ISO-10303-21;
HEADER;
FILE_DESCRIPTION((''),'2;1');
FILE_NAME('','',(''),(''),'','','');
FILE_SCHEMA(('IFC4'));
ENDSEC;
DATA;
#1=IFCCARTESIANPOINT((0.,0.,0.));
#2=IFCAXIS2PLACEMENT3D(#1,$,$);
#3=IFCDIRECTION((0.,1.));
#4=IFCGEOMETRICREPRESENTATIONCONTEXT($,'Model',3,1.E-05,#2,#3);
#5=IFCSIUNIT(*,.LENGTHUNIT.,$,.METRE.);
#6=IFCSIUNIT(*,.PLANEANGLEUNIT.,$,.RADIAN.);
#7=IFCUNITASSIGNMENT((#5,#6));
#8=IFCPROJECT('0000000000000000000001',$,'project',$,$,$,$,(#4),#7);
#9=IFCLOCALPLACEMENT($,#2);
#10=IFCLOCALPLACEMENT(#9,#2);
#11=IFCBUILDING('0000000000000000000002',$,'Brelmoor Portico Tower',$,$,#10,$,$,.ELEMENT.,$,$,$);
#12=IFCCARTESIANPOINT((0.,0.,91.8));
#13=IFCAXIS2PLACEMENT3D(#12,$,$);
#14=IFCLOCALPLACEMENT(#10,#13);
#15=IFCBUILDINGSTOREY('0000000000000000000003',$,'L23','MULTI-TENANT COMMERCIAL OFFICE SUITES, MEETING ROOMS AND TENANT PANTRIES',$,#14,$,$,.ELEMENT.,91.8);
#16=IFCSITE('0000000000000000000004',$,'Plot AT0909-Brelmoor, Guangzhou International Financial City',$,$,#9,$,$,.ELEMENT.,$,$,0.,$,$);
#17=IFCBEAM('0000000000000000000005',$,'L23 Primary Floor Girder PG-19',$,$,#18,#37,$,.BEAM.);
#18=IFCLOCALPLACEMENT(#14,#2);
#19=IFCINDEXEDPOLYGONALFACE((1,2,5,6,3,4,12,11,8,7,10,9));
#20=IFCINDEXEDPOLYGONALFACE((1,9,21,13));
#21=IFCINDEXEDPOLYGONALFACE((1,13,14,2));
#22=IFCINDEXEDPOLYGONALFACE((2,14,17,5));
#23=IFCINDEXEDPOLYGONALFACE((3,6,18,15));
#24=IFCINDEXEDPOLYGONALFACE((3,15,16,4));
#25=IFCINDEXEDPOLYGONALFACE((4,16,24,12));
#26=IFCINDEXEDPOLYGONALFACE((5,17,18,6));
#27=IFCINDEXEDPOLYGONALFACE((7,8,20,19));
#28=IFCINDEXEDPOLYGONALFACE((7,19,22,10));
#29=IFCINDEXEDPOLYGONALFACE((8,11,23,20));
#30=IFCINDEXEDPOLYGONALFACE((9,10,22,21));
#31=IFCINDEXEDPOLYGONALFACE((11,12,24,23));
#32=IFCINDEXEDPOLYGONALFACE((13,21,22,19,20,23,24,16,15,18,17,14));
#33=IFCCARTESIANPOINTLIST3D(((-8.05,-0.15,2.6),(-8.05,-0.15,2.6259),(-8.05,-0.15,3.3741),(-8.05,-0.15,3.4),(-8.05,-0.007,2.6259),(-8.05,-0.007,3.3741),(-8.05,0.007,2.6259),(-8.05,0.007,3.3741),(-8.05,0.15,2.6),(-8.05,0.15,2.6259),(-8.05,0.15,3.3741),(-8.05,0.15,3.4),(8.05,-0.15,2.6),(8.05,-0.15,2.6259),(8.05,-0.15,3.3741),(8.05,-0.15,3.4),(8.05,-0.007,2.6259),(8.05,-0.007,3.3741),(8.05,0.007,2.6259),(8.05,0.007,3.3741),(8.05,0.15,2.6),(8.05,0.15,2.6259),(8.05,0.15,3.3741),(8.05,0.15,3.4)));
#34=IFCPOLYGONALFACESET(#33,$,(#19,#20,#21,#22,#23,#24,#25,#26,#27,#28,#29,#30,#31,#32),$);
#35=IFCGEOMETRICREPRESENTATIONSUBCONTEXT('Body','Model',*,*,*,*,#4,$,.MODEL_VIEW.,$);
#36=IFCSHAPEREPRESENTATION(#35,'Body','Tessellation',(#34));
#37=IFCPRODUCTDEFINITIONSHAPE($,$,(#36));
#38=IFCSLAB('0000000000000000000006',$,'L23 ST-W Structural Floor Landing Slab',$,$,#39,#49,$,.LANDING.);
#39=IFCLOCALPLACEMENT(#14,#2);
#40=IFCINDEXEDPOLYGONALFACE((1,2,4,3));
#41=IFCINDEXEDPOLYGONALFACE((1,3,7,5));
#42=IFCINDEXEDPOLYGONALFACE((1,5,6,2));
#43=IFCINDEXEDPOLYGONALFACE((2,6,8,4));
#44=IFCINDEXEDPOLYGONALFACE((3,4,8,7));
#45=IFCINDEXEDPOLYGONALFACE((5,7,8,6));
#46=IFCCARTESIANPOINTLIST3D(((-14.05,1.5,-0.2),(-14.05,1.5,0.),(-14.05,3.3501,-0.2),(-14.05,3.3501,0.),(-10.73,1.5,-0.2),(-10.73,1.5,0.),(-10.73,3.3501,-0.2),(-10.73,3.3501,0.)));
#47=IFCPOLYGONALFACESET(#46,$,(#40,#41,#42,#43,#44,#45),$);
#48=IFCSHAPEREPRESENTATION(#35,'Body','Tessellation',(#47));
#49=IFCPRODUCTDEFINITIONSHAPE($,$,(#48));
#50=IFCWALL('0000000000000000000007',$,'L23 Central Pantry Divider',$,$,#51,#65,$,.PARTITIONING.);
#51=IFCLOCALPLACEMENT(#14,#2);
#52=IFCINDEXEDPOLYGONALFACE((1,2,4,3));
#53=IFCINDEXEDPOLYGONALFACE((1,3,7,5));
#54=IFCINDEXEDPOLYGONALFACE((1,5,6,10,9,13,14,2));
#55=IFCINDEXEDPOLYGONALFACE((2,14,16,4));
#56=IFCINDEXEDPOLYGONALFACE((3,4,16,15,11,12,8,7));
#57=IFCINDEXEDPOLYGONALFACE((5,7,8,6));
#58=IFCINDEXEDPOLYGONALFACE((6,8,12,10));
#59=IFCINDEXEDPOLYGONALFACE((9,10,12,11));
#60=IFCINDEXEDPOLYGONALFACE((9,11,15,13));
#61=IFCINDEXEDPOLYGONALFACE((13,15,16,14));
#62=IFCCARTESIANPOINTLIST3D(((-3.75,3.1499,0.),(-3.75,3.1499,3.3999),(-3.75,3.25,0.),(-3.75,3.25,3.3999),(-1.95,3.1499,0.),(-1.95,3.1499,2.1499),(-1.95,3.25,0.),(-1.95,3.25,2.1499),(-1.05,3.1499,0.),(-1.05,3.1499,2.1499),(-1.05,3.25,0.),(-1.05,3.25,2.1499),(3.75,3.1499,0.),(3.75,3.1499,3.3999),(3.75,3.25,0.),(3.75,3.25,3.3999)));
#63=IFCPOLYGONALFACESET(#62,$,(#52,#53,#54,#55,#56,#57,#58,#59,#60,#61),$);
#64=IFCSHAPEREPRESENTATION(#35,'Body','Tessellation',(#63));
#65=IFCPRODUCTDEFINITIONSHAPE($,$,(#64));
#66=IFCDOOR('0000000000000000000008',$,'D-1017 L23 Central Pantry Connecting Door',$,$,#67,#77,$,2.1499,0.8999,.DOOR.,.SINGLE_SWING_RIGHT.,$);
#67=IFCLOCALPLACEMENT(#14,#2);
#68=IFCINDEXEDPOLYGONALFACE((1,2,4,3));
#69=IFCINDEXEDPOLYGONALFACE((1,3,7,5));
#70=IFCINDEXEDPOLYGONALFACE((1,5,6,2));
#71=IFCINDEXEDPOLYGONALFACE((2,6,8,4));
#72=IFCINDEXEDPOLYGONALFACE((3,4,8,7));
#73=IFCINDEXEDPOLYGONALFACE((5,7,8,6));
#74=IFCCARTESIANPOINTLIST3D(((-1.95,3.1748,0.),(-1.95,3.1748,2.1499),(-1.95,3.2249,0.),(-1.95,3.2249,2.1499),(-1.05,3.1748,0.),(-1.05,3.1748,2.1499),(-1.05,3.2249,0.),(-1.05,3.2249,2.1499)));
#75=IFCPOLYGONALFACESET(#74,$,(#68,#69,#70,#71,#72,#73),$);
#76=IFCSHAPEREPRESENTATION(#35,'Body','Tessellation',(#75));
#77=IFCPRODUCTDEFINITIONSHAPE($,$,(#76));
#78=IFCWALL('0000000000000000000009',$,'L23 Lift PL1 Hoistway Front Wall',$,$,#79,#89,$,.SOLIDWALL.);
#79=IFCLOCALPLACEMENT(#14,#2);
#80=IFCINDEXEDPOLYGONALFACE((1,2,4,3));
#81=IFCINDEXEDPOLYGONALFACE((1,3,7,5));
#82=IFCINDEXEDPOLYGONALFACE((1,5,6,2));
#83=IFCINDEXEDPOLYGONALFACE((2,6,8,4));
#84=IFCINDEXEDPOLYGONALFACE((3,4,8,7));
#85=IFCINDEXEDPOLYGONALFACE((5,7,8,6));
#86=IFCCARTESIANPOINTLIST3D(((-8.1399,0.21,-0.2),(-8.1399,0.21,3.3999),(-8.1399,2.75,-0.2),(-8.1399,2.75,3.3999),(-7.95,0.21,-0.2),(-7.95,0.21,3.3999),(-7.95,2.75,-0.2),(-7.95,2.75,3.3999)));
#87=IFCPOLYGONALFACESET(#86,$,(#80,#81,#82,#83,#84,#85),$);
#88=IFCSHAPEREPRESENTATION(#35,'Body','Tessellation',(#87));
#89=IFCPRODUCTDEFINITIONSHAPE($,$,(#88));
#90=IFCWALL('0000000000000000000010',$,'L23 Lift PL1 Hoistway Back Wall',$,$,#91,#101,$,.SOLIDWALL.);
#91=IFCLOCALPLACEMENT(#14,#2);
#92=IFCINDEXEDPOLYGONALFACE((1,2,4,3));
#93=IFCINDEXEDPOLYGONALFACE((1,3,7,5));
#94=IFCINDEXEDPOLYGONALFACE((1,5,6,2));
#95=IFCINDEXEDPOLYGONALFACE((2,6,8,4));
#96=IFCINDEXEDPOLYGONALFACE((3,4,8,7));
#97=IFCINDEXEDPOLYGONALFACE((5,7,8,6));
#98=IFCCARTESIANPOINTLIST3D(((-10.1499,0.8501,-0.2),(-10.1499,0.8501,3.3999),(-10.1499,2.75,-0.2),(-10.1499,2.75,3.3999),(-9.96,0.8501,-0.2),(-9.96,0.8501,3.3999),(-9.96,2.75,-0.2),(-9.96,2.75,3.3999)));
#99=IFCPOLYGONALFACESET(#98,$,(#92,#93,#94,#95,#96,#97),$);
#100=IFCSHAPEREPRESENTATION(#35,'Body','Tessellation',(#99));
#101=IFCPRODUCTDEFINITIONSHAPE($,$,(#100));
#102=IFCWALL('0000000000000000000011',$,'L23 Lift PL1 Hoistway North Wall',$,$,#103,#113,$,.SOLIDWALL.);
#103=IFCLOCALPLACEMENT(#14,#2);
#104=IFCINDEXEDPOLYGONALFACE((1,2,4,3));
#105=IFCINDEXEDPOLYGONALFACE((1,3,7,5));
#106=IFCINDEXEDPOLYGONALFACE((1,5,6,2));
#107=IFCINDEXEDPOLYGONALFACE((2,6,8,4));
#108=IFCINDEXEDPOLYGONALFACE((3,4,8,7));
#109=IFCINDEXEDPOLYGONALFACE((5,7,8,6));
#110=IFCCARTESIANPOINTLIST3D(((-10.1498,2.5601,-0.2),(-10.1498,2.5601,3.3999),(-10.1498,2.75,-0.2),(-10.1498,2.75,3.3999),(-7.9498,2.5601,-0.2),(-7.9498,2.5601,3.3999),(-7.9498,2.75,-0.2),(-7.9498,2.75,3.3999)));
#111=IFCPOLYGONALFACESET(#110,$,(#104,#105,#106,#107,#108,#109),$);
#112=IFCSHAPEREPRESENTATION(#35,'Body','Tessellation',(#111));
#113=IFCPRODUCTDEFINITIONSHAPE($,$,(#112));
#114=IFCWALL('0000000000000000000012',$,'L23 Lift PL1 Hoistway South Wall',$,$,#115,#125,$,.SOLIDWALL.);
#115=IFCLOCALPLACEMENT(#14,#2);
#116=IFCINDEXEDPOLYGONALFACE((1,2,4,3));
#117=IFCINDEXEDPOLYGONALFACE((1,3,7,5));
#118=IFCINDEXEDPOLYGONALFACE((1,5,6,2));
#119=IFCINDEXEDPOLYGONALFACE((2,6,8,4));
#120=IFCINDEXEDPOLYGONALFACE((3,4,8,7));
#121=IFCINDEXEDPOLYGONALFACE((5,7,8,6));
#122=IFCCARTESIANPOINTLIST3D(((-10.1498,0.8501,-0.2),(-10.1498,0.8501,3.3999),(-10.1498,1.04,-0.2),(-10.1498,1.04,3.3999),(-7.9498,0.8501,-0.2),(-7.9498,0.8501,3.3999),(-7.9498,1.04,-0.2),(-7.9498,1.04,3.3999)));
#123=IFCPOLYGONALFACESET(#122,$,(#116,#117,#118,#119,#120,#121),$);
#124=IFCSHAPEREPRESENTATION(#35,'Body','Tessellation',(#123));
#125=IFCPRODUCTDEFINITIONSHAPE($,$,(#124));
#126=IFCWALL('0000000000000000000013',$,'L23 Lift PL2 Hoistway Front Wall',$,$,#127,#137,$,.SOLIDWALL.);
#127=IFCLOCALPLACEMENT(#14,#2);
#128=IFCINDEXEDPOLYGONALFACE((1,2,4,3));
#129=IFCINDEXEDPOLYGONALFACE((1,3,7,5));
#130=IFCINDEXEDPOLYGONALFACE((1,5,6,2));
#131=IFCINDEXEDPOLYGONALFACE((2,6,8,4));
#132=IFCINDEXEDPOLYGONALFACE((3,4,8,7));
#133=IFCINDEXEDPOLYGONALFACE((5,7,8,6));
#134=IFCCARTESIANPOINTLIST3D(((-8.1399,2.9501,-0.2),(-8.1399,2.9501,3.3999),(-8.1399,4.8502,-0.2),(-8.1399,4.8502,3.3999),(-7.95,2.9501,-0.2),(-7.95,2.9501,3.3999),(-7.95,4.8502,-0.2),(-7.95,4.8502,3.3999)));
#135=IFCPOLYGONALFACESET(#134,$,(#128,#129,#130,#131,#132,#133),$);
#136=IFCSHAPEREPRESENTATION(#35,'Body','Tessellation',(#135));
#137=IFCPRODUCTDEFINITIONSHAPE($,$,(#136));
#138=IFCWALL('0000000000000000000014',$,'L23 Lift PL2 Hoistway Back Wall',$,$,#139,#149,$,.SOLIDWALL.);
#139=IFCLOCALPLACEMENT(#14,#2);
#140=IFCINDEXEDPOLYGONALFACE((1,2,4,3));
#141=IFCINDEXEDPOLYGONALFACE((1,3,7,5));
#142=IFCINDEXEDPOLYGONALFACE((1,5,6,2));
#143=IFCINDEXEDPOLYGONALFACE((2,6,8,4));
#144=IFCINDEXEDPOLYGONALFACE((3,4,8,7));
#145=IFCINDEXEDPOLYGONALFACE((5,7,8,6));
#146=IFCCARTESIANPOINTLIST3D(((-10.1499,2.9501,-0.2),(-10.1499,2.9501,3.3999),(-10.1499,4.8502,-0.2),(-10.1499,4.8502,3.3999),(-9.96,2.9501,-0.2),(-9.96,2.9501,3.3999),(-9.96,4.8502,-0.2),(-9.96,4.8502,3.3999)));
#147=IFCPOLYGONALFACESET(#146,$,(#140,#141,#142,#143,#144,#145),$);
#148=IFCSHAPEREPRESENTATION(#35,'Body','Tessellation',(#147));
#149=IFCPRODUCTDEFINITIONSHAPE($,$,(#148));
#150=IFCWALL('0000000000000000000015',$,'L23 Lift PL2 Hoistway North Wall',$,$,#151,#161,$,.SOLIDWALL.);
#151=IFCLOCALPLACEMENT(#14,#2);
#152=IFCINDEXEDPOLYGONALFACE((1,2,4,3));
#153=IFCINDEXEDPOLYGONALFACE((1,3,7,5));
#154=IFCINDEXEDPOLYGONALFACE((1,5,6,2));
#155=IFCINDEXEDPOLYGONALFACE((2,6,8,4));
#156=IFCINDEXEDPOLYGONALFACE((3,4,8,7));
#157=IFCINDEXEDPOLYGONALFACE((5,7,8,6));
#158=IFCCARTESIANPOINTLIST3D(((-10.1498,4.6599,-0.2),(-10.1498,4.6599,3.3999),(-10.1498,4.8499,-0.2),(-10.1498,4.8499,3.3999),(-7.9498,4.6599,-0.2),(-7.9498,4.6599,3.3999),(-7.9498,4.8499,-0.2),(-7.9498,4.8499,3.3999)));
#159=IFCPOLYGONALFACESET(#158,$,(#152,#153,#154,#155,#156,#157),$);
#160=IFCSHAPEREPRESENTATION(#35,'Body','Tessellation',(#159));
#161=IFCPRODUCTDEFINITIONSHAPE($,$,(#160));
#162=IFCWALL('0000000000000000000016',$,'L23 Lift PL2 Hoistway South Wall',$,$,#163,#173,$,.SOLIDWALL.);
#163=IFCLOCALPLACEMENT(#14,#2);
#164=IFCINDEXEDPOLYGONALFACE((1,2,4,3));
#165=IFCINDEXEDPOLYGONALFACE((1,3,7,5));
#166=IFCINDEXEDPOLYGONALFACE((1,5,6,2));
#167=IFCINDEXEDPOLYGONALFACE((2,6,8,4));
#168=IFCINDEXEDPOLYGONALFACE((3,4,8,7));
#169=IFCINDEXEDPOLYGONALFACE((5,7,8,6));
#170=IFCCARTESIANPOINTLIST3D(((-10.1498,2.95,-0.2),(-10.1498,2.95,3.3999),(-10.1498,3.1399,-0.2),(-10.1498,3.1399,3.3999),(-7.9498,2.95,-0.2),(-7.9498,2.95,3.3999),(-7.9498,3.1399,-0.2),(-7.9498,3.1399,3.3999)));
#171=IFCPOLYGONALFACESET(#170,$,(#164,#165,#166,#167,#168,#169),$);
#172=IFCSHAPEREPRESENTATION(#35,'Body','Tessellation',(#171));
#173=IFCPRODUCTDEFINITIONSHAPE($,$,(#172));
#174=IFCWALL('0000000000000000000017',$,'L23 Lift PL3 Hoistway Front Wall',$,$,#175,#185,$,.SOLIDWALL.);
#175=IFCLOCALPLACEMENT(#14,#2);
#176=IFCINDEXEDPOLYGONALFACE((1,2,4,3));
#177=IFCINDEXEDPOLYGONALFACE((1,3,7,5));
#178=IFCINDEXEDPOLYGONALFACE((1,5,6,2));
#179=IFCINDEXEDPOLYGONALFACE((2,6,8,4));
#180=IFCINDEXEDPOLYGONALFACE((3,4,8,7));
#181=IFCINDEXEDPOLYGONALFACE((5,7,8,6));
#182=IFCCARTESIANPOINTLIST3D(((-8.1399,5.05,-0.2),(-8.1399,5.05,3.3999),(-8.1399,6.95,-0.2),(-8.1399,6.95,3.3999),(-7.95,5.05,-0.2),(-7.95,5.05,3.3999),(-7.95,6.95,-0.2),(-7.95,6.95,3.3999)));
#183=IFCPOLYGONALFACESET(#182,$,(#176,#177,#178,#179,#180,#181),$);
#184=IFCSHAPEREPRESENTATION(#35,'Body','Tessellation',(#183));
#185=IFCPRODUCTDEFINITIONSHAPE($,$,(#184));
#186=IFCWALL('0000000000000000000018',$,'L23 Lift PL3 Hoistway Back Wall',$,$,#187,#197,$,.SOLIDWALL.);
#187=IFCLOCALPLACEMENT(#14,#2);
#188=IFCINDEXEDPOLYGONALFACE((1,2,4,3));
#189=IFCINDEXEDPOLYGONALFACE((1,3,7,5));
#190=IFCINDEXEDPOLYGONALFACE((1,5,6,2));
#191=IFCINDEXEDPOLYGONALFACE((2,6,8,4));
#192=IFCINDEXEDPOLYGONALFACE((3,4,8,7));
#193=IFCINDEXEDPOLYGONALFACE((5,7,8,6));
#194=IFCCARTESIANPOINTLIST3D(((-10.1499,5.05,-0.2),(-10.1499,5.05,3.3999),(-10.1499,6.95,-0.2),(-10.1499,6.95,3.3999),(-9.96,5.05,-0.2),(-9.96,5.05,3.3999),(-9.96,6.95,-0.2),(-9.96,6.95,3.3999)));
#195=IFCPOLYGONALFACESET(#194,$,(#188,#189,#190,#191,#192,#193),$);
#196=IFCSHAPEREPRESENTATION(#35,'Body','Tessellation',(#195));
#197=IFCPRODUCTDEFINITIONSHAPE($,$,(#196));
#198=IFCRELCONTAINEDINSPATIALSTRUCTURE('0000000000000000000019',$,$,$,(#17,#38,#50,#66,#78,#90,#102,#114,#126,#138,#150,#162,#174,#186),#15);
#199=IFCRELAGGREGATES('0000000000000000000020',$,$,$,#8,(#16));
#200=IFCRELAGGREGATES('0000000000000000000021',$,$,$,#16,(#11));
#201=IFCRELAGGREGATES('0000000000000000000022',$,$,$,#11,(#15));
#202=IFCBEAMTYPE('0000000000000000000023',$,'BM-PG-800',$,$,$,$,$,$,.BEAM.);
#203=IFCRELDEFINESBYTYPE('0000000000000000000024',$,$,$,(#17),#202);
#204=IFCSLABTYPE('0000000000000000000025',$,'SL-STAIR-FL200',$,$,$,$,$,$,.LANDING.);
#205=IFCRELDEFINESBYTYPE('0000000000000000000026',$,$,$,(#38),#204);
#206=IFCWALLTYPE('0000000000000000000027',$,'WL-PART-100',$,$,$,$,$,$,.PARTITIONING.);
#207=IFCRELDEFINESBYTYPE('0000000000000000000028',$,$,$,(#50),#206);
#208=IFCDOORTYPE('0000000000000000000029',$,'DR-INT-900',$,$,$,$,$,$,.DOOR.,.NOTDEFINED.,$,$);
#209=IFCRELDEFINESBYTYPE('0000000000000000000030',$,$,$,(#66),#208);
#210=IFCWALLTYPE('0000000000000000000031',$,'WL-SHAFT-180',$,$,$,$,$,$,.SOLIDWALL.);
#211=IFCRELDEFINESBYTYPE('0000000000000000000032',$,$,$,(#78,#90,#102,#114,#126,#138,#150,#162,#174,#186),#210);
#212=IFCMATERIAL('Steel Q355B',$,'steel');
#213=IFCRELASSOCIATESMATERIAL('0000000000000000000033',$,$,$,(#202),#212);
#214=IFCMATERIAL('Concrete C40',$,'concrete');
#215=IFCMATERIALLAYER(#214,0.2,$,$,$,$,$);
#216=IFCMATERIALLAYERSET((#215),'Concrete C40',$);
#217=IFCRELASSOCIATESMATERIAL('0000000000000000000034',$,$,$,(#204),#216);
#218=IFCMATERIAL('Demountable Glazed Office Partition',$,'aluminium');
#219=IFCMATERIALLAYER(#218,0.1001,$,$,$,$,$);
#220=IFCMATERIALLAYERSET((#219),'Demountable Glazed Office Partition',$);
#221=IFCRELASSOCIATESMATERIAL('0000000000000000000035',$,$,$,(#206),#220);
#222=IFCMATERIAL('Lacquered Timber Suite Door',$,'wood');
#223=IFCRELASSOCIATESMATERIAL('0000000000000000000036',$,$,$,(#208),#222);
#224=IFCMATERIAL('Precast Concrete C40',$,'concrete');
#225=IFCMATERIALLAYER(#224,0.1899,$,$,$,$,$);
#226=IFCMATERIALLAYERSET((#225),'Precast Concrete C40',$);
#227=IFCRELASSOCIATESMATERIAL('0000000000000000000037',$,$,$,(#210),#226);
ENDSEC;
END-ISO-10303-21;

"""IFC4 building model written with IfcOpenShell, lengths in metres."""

from ifc_helpers import new_model, si_unit, direction, frame, frame_2d, origin, origin_2d, place, context, subcontext, project, spatial, polyline, rectangle, i_section, outline, extrude, material, layer, layer_set, material_profile, profile_set, type_object, element, fill, save


model = new_model("IFC4")

# Units and contexts
model_context = context("Model", 3, precision=1e-05, world=origin(), true_north=direction((0.0, 1.0)))
body_context = subcontext(model_context, "Body", "Model", "MODEL_VIEW")
ifc_project = project(units=[si_unit("LENGTHUNIT", "METRE"), si_unit("PLANEANGLEUNIT", "RADIAN")], contexts=[model_context])

# Site, building, storey
site_placement = place(None, origin())
site = spatial("IfcSite", under=ifc_project, at=site_placement, Name="Plot AT0909-Brelmoor, Guangzhou International Financial City", CompositionType="ELEMENT", RefElevation=0.0)
building_placement = place(site_placement, origin())
building = spatial("IfcBuilding", under=site, at=building_placement, Name="Brelmoor Portico Tower", CompositionType="ELEMENT")
storey_placement = place(building_placement, frame((0.0, 0.0, 91.8)))
storey = spatial("IfcBuildingStorey", under=building, at=storey_placement, Name="L23", Description="MULTI-TENANT COMMERCIAL OFFICE SUITES, MEETING ROOMS AND TENANT PANTRIES", CompositionType="ELEMENT", Elevation=91.8)

# Beam
ifc_material_1 = material(Name="Steel Q355B", Category="steel")
ifc_material_profile = material_profile(ifc_material_1, i_section(OverallWidth=0.3, OverallDepth=0.8, WebThickness=0.0139, FlangeThickness=0.0259, at=origin_2d()), Name="HN 800x300x14x26")
ifc_profile_set = profile_set([ifc_material_profile], Name="Steel Q355B")
beam_type = type_object("IfcBeamType", Name="BM-PG-800", PredefinedType="BEAM", material=ifc_profile_set)
beam_placement = place(storey_placement, frame((-8.05, 0.0, 3.0), z_axis=(1.0, 0.0, 0.0), x_axis=(0.0, 1.0, 0.0)))
element("IfcBeam", 1, at=beam_placement, inside=storey, type_object=beam_type, Name="L23 Primary Floor Girder PG-19", PredefinedType="BEAM", context=body_context, shape_type="SweptSolid", body=[
    extrude(i_section(OverallWidth=0.3, OverallDepth=0.8, WebThickness=0.0139, FlangeThickness=0.0259, at=origin_2d()), origin(), (0.0, 0.0, 1.0), 16.1001),
])

# Slab
ifc_material_2 = material(Name="Concrete C40", Category="concrete")
ifc_layer_1 = layer(ifc_material_2, 0.2)
ifc_layer_set_1 = layer_set([ifc_layer_1], Name="Concrete C40")
slab_type = type_object("IfcSlabType", Name="SL-STAIR-FL200", PredefinedType="LANDING", material=ifc_layer_set_1)
slab_placement = place(storey_placement, frame((0.0, 0.0, -0.2)))
element("IfcSlab", 2, at=slab_placement, inside=storey, type_object=slab_type, Name="L23 ST-W Structural Floor Landing Slab", PredefinedType="LANDING", context=body_context, shape_type="SweptSolid", body=[
    extrude(outline(polyline([(-10.73, 1.5), (-10.73, 3.3501), (-14.05, 3.3501), (-14.05, 1.5), (-10.73, 1.5)])), origin(), (0.0, 0.0, 1.0), 0.2),
])

# Wall, opening, door
ifc_material_3 = material(Name="Demountable Glazed Office Partition", Category="aluminium")
ifc_layer_2 = layer(ifc_material_3, 0.1001)
ifc_layer_set_2 = layer_set([ifc_layer_2], Name="Demountable Glazed Office Partition")
wall_type_1 = type_object("IfcWallType", Name="WL-PART-100", PredefinedType="PARTITIONING", material=ifc_layer_set_2)
wall_1_placement = place(storey_placement, frame((-3.75, 3.2, 0.0), z_axis=(0.0, 0.0, 1.0), x_axis=(1.0, 0.0, 0.0)))
wall_1 = element("IfcWall", 3, at=wall_1_placement, inside=storey, type_object=wall_type_1, Name="L23 Central Pantry Divider", PredefinedType="PARTITIONING", context=body_context, shape_type="SweptSolid", body=[
    extrude(rectangle(XDim=7.5, YDim=0.1001, at=frame_2d((3.75, 0.0))), origin(), (0.0, 0.0, 1.0), 3.3999),
])
opening_placement = place(wall_1_placement, frame((1.8, 0.0, 0.0)))
opening = element("IfcOpeningElement", 4, at=opening_placement, cuts=wall_1, PredefinedType="OPENING", context=body_context, shape_type="SweptSolid", body=[
    extrude(rectangle(XDim=0.8999, YDim=2.1499, at=frame_2d((0.45, 1.075))), frame((0.0, 0.0601, 0.0), z_axis=(0.0, -1.0, 0.0), x_axis=(1.0, 0.0, 0.0)), (0.0, 0.0, 1.0), 0.1201),
])
ifc_material_4 = material(Name="Lacquered Timber Suite Door", Category="wood")
door_type = type_object("IfcDoorType", Name="DR-INT-900", OperationType="NOTDEFINED", PredefinedType="DOOR", material=ifc_material_4)
door_placement = place(opening_placement, origin())
door = element("IfcDoor", 5, at=door_placement, inside=storey, type_object=door_type, Name="D-1017 L23 Central Pantry Connecting Door", OperationType="SINGLE_SWING_RIGHT", OverallHeight=2.1499, OverallWidth=0.8999, PredefinedType="DOOR", context=body_context, shape_type="SweptSolid", body=[
    extrude(rectangle(XDim=0.8999, YDim=2.1499, at=frame_2d((0.45, 1.075))), frame((0.0, 0.0249, 0.0), z_axis=(0.0, -1.0, 0.0), x_axis=(1.0, 0.0, 0.0)), (0.0, 0.0, 1.0), 0.05),
])
fill(opening, door)

# Walls
ifc_material_5 = material(Name="Precast Concrete C40", Category="concrete")
ifc_layer_3 = layer(ifc_material_5, 0.1899)
ifc_layer_set_3 = layer_set([ifc_layer_3], Name="Precast Concrete C40")
wall_type_2 = type_object("IfcWallType", Name="WL-SHAFT-180", PredefinedType="SOLIDWALL", material=ifc_layer_set_3)
wall_2_placement = place(storey_placement, frame((-8.0449, 0.21, -0.2), z_axis=(0.0, 0.0, 1.0), x_axis=(0.0, 1.0, 0.0)))
element("IfcWall", 6, at=wall_2_placement, inside=storey, type_object=wall_type_2, Name="L23 Lift PL1 Hoistway Front Wall", PredefinedType="SOLIDWALL", context=body_context, shape_type="SweptSolid", body=[
    extrude(rectangle(XDim=2.54, YDim=0.1899, at=frame_2d((1.27, 0.0))), origin(), (0.0, 0.0, 1.0), 3.5999),
])
wall_3_placement = place(storey_placement, frame((-10.0549, 0.8501, -0.2), z_axis=(0.0, 0.0, 1.0), x_axis=(0.0, 1.0, 0.0)))
element("IfcWall", 7, at=wall_3_placement, inside=storey, type_object=wall_type_2, Name="L23 Lift PL1 Hoistway Back Wall", PredefinedType="SOLIDWALL", context=body_context, shape_type="SweptSolid", body=[
    extrude(rectangle(XDim=1.8999, YDim=0.1899, at=frame_2d((0.95, 0.0))), origin(), (0.0, 0.0, 1.0), 3.5999),
])
for number, where, z_axis, x_axis, name in (
    (8, (-10.1499, 2.655, -0.2), (0.0, 0.0, 1.0), (1.0, 0.0, 0.0), "L23 Lift PL1 Hoistway North Wall"),
    (9, (-10.1499, 0.9451, -0.2), (0.0, 0.0, 1.0), (1.0, 0.0, 0.0), "L23 Lift PL1 Hoistway South Wall"),
):
    element("IfcWall", number, at=place(storey_placement, frame(where, z_axis=z_axis, x_axis=x_axis)), inside=storey, type_object=wall_type_2, Name=name, PredefinedType="SOLIDWALL", context=body_context, shape_type="SweptSolid", body=[
        extrude(rectangle(XDim=2.2, YDim=0.1899, at=frame_2d((1.1001, 0.0))), origin(), (0.0, 0.0, 1.0), 3.5999),
    ])
for number, where, z_axis, x_axis, name in (
    (10, (-8.0449, 2.95, -0.2), (0.0, 0.0, 1.0), (0.0, 1.0, 0.0), "L23 Lift PL2 Hoistway Front Wall"),
    (11, (-10.0549, 2.95, -0.2), (0.0, 0.0, 1.0), (0.0, 1.0, 0.0), "L23 Lift PL2 Hoistway Back Wall"),
):
    element("IfcWall", number, at=place(storey_placement, frame(where, z_axis=z_axis, x_axis=x_axis)), inside=storey, type_object=wall_type_2, Name=name, PredefinedType="SOLIDWALL", context=body_context, shape_type="SweptSolid", body=[
        extrude(rectangle(XDim=1.9001, YDim=0.1899, at=frame_2d((0.9502, 0.0))), origin(), (0.0, 0.0, 1.0), 3.5999),
    ])
for number, where, z_axis, x_axis, name in (
    (12, (-10.1499, 4.7549, -0.2), (0.0, 0.0, 1.0), (1.0, 0.0, 0.0), "L23 Lift PL2 Hoistway North Wall"),
    (13, (-10.1499, 3.0449, -0.2), (0.0, 0.0, 1.0), (1.0, 0.0, 0.0), "L23 Lift PL2 Hoistway South Wall"),
):
    element("IfcWall", number, at=place(storey_placement, frame(where, z_axis=z_axis, x_axis=x_axis)), inside=storey, type_object=wall_type_2, Name=name, PredefinedType="SOLIDWALL", context=body_context, shape_type="SweptSolid", body=[
        extrude(rectangle(XDim=2.2, YDim=0.1899, at=frame_2d((1.1001, 0.0))), origin(), (0.0, 0.0, 1.0), 3.5999),
    ])
for number, where, z_axis, x_axis, name in (
    (14, (-8.0449, 5.05, -0.2), (0.0, 0.0, 1.0), (0.0, 1.0, 0.0), "L23 Lift PL3 Hoistway Front Wall"),
    (15, (-10.0549, 5.05, -0.2), (0.0, 0.0, 1.0), (0.0, 1.0, 0.0), "L23 Lift PL3 Hoistway Back Wall"),
):
    element("IfcWall", number, at=place(storey_placement, frame(where, z_axis=z_axis, x_axis=x_axis)), inside=storey, type_object=wall_type_2, Name=name, PredefinedType="SOLIDWALL", context=body_context, shape_type="SweptSolid", body=[
        extrude(rectangle(XDim=1.8999, YDim=0.1899, at=frame_2d((0.95, 0.0))), origin(), (0.0, 0.0, 1.0), 3.5999),
    ])

save(model, "model.ifc")
